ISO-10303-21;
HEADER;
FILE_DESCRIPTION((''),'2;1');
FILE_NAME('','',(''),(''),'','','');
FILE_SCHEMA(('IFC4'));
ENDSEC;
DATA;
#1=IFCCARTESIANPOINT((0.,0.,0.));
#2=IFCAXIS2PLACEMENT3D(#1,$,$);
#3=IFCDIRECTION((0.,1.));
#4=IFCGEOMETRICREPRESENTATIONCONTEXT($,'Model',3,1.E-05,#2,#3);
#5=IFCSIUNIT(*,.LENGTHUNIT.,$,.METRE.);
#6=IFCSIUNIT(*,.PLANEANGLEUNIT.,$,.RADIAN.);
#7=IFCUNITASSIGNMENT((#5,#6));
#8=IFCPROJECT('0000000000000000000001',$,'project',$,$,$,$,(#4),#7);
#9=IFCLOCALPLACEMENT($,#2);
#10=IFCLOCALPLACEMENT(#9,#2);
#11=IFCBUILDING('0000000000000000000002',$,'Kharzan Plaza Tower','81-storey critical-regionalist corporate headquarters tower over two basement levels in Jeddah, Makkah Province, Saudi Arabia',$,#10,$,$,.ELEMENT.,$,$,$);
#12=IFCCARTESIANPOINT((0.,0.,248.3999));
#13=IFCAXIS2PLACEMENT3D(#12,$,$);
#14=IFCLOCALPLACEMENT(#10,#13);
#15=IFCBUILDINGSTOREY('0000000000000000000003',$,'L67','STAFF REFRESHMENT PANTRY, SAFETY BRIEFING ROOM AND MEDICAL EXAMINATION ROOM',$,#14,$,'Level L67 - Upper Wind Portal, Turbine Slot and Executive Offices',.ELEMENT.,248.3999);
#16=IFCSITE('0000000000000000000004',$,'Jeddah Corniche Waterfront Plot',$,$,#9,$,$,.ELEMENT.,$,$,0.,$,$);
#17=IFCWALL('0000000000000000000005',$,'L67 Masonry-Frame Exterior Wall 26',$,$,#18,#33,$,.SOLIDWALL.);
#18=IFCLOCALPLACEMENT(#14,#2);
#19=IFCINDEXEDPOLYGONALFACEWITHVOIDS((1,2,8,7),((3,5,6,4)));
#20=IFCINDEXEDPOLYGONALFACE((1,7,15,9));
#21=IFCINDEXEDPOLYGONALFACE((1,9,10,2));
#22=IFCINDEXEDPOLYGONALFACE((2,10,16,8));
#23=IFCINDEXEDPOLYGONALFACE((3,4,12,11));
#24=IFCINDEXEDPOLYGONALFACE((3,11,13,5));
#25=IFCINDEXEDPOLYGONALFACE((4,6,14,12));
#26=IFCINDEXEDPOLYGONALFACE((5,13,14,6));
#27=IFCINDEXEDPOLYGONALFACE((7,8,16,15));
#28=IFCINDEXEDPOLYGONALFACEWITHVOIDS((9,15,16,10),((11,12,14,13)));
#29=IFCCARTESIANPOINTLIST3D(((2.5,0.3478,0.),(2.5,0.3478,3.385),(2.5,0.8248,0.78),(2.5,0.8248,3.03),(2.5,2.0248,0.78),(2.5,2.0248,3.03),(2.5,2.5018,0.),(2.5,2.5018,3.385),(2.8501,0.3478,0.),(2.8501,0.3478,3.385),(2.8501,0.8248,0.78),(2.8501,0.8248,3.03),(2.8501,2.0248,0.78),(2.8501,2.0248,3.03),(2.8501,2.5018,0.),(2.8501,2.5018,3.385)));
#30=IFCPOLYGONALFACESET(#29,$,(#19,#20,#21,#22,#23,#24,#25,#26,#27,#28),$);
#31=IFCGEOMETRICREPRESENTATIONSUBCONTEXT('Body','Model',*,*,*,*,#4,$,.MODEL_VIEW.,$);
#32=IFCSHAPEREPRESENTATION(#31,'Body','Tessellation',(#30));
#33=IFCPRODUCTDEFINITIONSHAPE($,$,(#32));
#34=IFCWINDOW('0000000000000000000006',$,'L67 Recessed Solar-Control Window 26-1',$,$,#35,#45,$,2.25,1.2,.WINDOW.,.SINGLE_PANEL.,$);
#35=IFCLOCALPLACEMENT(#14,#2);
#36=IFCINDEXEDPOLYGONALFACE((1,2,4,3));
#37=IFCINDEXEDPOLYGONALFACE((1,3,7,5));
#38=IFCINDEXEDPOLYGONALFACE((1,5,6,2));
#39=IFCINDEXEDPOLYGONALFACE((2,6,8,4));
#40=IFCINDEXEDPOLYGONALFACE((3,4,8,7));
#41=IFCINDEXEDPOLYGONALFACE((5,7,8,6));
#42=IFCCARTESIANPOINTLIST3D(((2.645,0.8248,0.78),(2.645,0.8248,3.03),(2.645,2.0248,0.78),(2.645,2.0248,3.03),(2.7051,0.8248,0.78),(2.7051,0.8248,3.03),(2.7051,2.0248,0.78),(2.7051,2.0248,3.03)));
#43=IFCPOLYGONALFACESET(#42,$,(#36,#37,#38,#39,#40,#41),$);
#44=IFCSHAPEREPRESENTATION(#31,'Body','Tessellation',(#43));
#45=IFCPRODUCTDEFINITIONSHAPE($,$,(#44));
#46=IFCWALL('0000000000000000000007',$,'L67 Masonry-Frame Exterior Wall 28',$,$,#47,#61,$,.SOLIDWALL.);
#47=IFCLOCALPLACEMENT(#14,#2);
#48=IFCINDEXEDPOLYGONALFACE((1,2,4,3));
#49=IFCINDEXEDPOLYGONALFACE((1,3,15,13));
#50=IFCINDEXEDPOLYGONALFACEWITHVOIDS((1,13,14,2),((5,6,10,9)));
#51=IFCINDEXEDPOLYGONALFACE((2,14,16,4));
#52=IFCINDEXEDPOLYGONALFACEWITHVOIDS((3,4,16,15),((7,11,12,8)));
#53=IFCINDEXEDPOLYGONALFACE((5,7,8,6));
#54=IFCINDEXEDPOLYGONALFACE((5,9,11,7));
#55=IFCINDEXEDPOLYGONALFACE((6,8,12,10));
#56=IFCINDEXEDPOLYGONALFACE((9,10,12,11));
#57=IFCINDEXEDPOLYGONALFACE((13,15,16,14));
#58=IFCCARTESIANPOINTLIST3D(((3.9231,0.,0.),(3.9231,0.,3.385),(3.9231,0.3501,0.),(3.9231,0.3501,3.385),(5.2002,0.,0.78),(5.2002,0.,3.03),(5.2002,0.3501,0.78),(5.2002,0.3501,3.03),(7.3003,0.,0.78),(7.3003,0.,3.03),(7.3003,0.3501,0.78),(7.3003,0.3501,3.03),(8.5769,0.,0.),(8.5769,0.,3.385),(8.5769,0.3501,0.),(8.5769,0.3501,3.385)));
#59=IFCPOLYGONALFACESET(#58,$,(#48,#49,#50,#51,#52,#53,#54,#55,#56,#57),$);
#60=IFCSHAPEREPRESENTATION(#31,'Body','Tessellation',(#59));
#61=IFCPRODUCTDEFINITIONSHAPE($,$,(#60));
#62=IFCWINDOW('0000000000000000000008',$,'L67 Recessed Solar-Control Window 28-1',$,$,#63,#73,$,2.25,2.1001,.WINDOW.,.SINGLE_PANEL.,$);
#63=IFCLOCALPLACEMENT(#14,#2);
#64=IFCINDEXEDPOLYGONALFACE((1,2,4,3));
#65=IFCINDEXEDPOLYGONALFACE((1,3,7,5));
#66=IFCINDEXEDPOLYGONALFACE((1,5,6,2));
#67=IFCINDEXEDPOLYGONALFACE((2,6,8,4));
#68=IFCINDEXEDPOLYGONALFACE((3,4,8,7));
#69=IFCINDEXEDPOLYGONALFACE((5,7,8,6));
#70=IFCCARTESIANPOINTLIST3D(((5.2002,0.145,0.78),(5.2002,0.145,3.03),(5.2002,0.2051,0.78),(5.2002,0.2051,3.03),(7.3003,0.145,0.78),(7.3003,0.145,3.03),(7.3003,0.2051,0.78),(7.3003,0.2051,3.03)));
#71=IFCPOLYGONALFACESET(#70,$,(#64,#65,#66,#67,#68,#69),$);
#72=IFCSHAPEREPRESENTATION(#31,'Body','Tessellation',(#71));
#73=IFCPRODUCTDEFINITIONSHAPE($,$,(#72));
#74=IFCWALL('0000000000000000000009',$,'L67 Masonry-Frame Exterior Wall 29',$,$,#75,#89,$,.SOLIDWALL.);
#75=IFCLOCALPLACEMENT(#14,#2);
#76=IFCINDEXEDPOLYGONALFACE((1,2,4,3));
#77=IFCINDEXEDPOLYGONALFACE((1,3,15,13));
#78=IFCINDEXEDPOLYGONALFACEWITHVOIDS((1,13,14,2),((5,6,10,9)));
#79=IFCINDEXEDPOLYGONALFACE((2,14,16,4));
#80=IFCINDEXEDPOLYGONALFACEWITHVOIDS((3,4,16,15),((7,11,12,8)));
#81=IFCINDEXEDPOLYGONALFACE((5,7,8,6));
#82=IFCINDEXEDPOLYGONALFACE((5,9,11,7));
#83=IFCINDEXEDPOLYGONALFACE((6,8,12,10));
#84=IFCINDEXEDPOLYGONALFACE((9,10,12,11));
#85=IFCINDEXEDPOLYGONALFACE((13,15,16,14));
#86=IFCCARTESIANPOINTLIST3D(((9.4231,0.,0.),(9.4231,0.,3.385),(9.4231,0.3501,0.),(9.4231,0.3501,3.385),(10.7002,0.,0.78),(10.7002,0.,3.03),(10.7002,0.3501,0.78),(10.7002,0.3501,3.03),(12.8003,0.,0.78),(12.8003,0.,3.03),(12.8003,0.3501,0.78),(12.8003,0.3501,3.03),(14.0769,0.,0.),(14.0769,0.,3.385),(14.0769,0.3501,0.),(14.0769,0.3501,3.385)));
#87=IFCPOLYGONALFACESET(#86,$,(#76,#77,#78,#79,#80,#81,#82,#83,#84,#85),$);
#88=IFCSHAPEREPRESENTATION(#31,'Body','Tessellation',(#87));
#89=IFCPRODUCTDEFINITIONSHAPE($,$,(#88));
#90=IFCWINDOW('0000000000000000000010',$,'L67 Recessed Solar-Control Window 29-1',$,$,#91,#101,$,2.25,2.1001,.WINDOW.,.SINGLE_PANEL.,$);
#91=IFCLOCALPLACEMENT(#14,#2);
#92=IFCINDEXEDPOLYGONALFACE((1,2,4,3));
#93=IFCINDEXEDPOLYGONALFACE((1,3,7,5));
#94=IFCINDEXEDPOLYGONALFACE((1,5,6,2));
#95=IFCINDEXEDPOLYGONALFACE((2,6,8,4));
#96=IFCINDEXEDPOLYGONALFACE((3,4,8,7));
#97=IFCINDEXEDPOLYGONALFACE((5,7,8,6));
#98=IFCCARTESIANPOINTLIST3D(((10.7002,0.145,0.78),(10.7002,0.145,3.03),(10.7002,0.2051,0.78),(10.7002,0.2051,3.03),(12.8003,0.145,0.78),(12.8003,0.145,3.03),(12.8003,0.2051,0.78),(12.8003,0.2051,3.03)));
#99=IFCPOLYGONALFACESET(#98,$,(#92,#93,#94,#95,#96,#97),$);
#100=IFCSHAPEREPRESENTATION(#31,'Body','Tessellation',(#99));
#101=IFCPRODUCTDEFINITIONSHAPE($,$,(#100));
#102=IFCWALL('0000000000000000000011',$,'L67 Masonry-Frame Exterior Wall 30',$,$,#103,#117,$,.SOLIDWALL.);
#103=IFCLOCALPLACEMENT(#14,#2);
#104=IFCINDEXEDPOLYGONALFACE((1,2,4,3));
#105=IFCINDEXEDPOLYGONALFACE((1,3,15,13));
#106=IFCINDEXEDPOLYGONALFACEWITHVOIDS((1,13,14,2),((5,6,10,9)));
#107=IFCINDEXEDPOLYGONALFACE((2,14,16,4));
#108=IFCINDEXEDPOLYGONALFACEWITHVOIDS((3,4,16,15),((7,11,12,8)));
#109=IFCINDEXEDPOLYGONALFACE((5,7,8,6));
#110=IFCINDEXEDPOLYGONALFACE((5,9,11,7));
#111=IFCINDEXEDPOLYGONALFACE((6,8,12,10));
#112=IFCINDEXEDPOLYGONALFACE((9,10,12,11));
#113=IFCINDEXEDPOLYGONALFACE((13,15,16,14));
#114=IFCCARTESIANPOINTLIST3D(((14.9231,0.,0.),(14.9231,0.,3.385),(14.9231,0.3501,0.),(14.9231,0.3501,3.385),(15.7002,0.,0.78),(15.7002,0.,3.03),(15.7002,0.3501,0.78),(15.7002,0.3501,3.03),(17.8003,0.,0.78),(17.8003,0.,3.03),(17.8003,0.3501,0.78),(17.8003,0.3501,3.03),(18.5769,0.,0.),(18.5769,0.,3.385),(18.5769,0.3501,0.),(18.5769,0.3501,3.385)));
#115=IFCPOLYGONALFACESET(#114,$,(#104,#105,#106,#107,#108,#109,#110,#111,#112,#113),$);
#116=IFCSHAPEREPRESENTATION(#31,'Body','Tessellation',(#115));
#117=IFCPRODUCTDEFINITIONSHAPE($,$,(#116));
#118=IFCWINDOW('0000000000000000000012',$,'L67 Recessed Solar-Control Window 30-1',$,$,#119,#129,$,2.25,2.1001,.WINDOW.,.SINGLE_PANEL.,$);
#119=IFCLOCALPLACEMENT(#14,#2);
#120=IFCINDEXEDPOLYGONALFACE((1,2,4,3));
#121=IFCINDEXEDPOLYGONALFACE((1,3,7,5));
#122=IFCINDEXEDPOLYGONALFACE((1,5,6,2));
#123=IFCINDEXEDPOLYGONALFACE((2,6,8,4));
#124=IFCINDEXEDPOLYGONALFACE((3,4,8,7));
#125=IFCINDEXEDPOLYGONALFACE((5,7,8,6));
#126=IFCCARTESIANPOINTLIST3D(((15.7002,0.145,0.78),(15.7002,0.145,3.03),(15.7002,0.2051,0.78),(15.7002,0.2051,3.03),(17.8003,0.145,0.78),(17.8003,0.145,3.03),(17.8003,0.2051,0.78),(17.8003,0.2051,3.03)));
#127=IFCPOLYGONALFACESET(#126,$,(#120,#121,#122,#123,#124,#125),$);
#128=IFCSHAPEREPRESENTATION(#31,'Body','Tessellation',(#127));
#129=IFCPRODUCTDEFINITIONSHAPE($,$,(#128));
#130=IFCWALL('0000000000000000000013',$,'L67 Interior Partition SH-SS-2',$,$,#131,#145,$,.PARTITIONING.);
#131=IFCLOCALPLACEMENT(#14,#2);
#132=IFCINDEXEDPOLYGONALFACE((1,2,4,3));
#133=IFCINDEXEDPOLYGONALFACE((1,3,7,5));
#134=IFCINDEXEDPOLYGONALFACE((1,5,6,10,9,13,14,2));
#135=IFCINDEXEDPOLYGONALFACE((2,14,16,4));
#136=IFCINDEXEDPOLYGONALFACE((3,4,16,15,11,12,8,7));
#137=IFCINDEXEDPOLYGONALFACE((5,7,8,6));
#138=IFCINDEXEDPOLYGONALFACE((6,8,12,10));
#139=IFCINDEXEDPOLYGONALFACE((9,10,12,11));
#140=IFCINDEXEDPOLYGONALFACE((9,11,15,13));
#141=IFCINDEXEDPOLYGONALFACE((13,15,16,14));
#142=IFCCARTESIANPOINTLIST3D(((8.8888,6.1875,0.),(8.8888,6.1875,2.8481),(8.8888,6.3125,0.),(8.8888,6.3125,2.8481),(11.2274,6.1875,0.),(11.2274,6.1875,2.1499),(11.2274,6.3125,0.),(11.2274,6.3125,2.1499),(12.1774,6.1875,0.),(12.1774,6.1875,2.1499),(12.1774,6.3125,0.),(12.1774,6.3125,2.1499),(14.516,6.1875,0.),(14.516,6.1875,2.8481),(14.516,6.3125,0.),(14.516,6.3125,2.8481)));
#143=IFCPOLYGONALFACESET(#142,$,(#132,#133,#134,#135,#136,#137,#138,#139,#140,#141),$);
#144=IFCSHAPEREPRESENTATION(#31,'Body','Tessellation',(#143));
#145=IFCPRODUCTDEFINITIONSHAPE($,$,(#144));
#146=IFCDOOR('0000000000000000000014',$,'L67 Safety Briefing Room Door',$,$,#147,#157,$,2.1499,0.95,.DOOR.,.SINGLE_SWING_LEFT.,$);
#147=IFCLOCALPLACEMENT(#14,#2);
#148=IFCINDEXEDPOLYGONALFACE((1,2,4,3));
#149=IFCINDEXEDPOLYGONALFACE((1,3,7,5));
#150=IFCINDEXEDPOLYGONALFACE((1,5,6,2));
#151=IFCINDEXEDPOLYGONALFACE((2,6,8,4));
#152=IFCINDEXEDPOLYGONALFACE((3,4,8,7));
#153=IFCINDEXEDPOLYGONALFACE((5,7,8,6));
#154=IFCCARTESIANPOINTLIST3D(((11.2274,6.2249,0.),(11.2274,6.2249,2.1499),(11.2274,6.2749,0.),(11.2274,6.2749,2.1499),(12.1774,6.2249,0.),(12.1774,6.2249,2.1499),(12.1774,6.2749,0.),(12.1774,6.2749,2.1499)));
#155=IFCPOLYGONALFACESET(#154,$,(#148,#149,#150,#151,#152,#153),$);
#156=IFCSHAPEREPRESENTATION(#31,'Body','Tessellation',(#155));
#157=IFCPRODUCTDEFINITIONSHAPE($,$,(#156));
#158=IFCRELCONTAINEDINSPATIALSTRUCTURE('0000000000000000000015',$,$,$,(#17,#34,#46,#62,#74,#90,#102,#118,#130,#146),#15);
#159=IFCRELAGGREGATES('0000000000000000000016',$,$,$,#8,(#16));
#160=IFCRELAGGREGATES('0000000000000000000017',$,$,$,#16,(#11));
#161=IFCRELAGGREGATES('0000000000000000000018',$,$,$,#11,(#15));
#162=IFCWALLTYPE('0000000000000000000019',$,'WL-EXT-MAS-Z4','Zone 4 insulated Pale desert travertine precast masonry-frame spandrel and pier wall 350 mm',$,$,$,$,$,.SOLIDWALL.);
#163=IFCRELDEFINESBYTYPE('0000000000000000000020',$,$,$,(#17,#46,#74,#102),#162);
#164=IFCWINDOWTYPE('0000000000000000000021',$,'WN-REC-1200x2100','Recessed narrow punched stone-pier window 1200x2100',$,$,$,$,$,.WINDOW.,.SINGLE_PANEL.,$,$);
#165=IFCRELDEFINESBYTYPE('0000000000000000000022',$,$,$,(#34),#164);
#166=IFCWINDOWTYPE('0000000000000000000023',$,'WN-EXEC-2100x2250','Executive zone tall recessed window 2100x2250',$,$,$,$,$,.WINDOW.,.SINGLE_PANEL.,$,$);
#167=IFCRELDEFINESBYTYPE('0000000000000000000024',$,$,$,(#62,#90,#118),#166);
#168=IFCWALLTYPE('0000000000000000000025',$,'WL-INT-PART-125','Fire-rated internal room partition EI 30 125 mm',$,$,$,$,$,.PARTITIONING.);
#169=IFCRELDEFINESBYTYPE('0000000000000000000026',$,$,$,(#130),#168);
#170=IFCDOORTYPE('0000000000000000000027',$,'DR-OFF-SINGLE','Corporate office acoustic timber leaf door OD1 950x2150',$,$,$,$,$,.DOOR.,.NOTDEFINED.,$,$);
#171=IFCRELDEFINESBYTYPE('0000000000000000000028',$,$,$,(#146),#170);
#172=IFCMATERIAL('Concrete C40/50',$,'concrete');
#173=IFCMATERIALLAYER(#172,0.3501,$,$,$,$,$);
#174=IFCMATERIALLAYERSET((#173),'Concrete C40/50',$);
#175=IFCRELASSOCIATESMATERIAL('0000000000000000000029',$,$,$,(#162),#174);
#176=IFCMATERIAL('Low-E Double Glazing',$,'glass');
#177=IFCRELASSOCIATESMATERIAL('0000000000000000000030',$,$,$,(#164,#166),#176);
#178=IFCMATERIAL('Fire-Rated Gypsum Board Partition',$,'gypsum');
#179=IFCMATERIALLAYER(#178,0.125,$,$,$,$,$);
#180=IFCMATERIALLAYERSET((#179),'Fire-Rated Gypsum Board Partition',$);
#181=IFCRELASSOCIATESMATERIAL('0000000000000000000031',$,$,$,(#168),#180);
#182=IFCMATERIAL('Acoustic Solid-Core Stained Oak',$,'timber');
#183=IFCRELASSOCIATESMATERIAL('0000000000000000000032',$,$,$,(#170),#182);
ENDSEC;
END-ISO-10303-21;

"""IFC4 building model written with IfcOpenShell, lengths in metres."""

from ifc_helpers import new_model, si_unit, direction, frame, frame_2d, origin, place, context, subcontext, project, spatial, rectangle, extrude, source, transform, mapped, material, layer, layer_set, type_object, element, fill, save


model = new_model("IFC4")

# Units and contexts
model_context = context("Model", 3, precision=1e-05, world=origin(), true_north=direction((0.0, 1.0)))
body_context = subcontext(model_context, "Body", "Model", "MODEL_VIEW")
ifc_project = project(units=[si_unit("LENGTHUNIT", "METRE"), si_unit("PLANEANGLEUNIT", "RADIAN")], contexts=[model_context])

# Site, building, storey
site_placement = place(None, origin())
site = spatial("IfcSite", under=ifc_project, at=site_placement, Name="Jeddah Corniche Waterfront Plot", CompositionType="ELEMENT", RefElevation=0.0)
building_placement = place(site_placement, origin())
building = spatial("IfcBuilding", under=site, at=building_placement, Name="Kharzan Plaza Tower", Description="81-storey critical-regionalist corporate headquarters tower over two basement levels in Jeddah, Makkah Province, Saudi Arabia", CompositionType="ELEMENT")
storey_placement = place(building_placement, frame((0.0, 0.0, 248.3999)))
storey = spatial("IfcBuildingStorey", under=building, at=storey_placement, Name="L67", Description="STAFF REFRESHMENT PANTRY, SAFETY BRIEFING ROOM AND MEDICAL EXAMINATION ROOM", LongName="Level L67 - Upper Wind Portal, Turbine Slot and Executive Offices", CompositionType="ELEMENT", Elevation=248.3999)

# Walls, openings, windows
ifc_material_1 = material(Name="Concrete C40/50", Category="concrete")
ifc_layer_1 = layer(ifc_material_1, 0.3501)
ifc_layer_set_1 = layer_set([ifc_layer_1], Name="Concrete C40/50")
wall_type_1 = type_object("IfcWallType", Name="WL-EXT-MAS-Z4", Description="Zone 4 insulated Pale desert travertine precast masonry-frame spandrel and pier wall 350 mm", PredefinedType="SOLIDWALL", material=ifc_layer_set_1)
wall_1_placement = place(storey_placement, frame((2.675, 2.502, 0.0), z_axis=(0.0, 0.0, 1.0), x_axis=(0.0, -1.0, 0.0)))
wall_1 = element("IfcWall", 1, at=wall_1_placement, inside=storey, type_object=wall_type_1, Name="L67 Masonry-Frame Exterior Wall 26", PredefinedType="SOLIDWALL", context=body_context, shape_type="SweptSolid", body=[
    extrude(rectangle(XDim=2.1541, YDim=0.3501, at=frame_2d((1.0771, 0.0))), origin(), (0.0, 0.0, 1.0), 3.385),
])
opening_1_placement = place(wall_1_placement, frame((0.4771, 0.0, 0.78)))
opening_1 = element("IfcOpeningElement", 2, at=opening_1_placement, cuts=wall_1, PredefinedType="OPENING", context=body_context, shape_type="SweptSolid", body=[
    extrude(rectangle(XDim=1.2, YDim=2.25, at=frame_2d((0.6001, 1.125))), frame((0.0, 0.1851, 0.0), z_axis=(0.0, -1.0, 0.0), x_axis=(1.0, 0.0, 0.0)), (0.0, 0.0, 1.0), 0.3701),
])
ifc_material_2 = material(Name="Low-E Double Glazing", Category="glass")
window_type_1 = type_object("IfcWindowType", Name="WN-REC-1200x2100", Description="Recessed narrow punched stone-pier window 1200x2100", PartitioningType="SINGLE_PANEL", PredefinedType="WINDOW", material=ifc_material_2)
shared_shape_1 = source(origin(), body_context, "Body", "SweptSolid", [
    extrude(rectangle(XDim=1.2, YDim=2.25, at=frame_2d((0.6001, 1.125))), frame((0.0, 0.03, 0.0), z_axis=(0.0, -1.0, 0.0), x_axis=(1.0, 0.0, 0.0)), (0.0, 0.0, 1.0), 0.0601),
])
window_1_placement = place(opening_1_placement, origin())
window_1 = element("IfcWindow", 3, at=window_1_placement, inside=storey, type_object=window_type_1, Name="L67 Recessed Solar-Control Window 26-1", OverallHeight=2.25, OverallWidth=1.2, PartitioningType="SINGLE_PANEL", PredefinedType="WINDOW", context=body_context, shape_type="MappedRepresentation", body=[
    mapped(shared_shape_1, transform((0.0, 0.0, 0.0), x_axis=(1.0, 0.0, 0.0), y_axis=(0.0, 1.0, 0.0), z_axis=(0.0, 0.0, 1.0))),
])
fill(opening_1, window_1)
wall_2_placement = place(storey_placement, frame((3.9231, 0.175, 0.0), z_axis=(0.0, 0.0, 1.0), x_axis=(1.0, 0.0, 0.0)))
wall_2 = element("IfcWall", 4, at=wall_2_placement, inside=storey, type_object=wall_type_1, Name="L67 Masonry-Frame Exterior Wall 28", PredefinedType="SOLIDWALL", context=body_context, shape_type="SweptSolid", body=[
    extrude(rectangle(XDim=4.6538, YDim=0.3501, at=frame_2d((2.3269, 0.0))), origin(), (0.0, 0.0, 1.0), 3.385),
])
opening_2_placement = place(wall_2_placement, frame((1.2771, 0.0, 0.78)))
opening_2 = element("IfcOpeningElement", 5, at=opening_2_placement, cuts=wall_2, PredefinedType="OPENING", context=body_context, shape_type="SweptSolid", body=[
    extrude(rectangle(XDim=2.1001, YDim=2.25, at=frame_2d((1.05, 1.125))), frame((0.0, 0.1851, 0.0), z_axis=(0.0, -1.0, 0.0), x_axis=(1.0, 0.0, 0.0)), (0.0, 0.0, 1.0), 0.3701),
])
window_type_2 = type_object("IfcWindowType", Name="WN-EXEC-2100x2250", Description="Executive zone tall recessed window 2100x2250", PartitioningType="SINGLE_PANEL", PredefinedType="WINDOW", material=ifc_material_2)
shared_shape_2 = source(origin(), body_context, "Body", "SweptSolid", [
    extrude(rectangle(XDim=2.1001, YDim=2.25, at=frame_2d((1.05, 1.125))), frame((0.0, 0.03, 0.0), z_axis=(0.0, -1.0, 0.0), x_axis=(1.0, 0.0, 0.0)), (0.0, 0.0, 1.0), 0.0601),
])
window_2_placement = place(opening_2_placement, origin())
window_2 = element("IfcWindow", 6, at=window_2_placement, inside=storey, type_object=window_type_2, Name="L67 Recessed Solar-Control Window 28-1", OverallHeight=2.25, OverallWidth=2.1001, PartitioningType="SINGLE_PANEL", PredefinedType="WINDOW", context=body_context, shape_type="MappedRepresentation", body=[
    mapped(shared_shape_2, transform((0.0, 0.0, 0.0), x_axis=(1.0, 0.0, 0.0), y_axis=(0.0, 1.0, 0.0), z_axis=(0.0, 0.0, 1.0))),
])
fill(opening_2, window_2)
wall_3_placement = place(storey_placement, frame((9.4231, 0.175, 0.0), z_axis=(0.0, 0.0, 1.0), x_axis=(1.0, 0.0, 0.0)))
wall_3 = element("IfcWall", 7, at=wall_3_placement, inside=storey, type_object=wall_type_1, Name="L67 Masonry-Frame Exterior Wall 29", PredefinedType="SOLIDWALL", context=body_context, shape_type="SweptSolid", body=[
    extrude(rectangle(XDim=4.6538, YDim=0.3501, at=frame_2d((2.3269, 0.0))), origin(), (0.0, 0.0, 1.0), 3.385),
])
opening_3_placement = place(wall_3_placement, frame((1.2771, 0.0, 0.78)))
opening_3 = element("IfcOpeningElement", 8, at=opening_3_placement, cuts=wall_3, PredefinedType="OPENING", context=body_context, shape_type="SweptSolid", body=[
    extrude(rectangle(XDim=2.1001, YDim=2.25, at=frame_2d((1.05, 1.125))), frame((0.0, 0.1851, 0.0), z_axis=(0.0, -1.0, 0.0), x_axis=(1.0, 0.0, 0.0)), (0.0, 0.0, 1.0), 0.3701),
])
window_3_placement = place(opening_3_placement, origin())
window_3 = element("IfcWindow", 9, at=window_3_placement, inside=storey, type_object=window_type_2, Name="L67 Recessed Solar-Control Window 29-1", OverallHeight=2.25, OverallWidth=2.1001, PartitioningType="SINGLE_PANEL", PredefinedType="WINDOW", context=body_context, shape_type="MappedRepresentation", body=[
    mapped(shared_shape_2, transform((0.0, 0.0, 0.0), x_axis=(1.0, 0.0, 0.0), y_axis=(0.0, 1.0, 0.0), z_axis=(0.0, 0.0, 1.0))),
])
fill(opening_3, window_3)
wall_4_placement = place(storey_placement, frame((14.9231, 0.175, 0.0), z_axis=(0.0, 0.0, 1.0), x_axis=(1.0, 0.0, 0.0)))
wall_4 = element("IfcWall", 10, at=wall_4_placement, inside=storey, type_object=wall_type_1, Name="L67 Masonry-Frame Exterior Wall 30", PredefinedType="SOLIDWALL", context=body_context, shape_type="SweptSolid", body=[
    extrude(rectangle(XDim=3.6538, YDim=0.3501, at=frame_2d((1.8269, 0.0))), origin(), (0.0, 0.0, 1.0), 3.385),
])
opening_4_placement = place(wall_4_placement, frame((0.7771, 0.0, 0.78)))
opening_4 = element("IfcOpeningElement", 11, at=opening_4_placement, cuts=wall_4, PredefinedType="OPENING", context=body_context, shape_type="SweptSolid", body=[
    extrude(rectangle(XDim=2.1001, YDim=2.25, at=frame_2d((1.05, 1.125))), frame((0.0, 0.1851, 0.0), z_axis=(0.0, -1.0, 0.0), x_axis=(1.0, 0.0, 0.0)), (0.0, 0.0, 1.0), 0.3701),
])
window_4_placement = place(opening_4_placement, origin())
window_4 = element("IfcWindow", 12, at=window_4_placement, inside=storey, type_object=window_type_2, Name="L67 Recessed Solar-Control Window 30-1", OverallHeight=2.25, OverallWidth=2.1001, PartitioningType="SINGLE_PANEL", PredefinedType="WINDOW", context=body_context, shape_type="MappedRepresentation", body=[
    mapped(shared_shape_2, transform((0.0, 0.0, 0.0), x_axis=(1.0, 0.0, 0.0), y_axis=(0.0, 1.0, 0.0), z_axis=(0.0, 0.0, 1.0))),
])
fill(opening_4, window_4)

# Wall, opening, door
ifc_material_3 = material(Name="Fire-Rated Gypsum Board Partition", Category="gypsum")
ifc_layer_2 = layer(ifc_material_3, 0.125)
ifc_layer_set_2 = layer_set([ifc_layer_2], Name="Fire-Rated Gypsum Board Partition")
wall_type_2 = type_object("IfcWallType", Name="WL-INT-PART-125", Description="Fire-rated internal room partition EI 30 125 mm", PredefinedType="PARTITIONING", material=ifc_layer_set_2)
wall_5_placement = place(storey_placement, frame((8.8889, 6.25, 0.0), z_axis=(0.0, 0.0, 1.0), x_axis=(1.0, 0.0, 0.0)))
wall_5 = element("IfcWall", 13, at=wall_5_placement, inside=storey, type_object=wall_type_2, Name="L67 Interior Partition SH-SS-2", PredefinedType="PARTITIONING", context=body_context, shape_type="SweptSolid", body=[
    extrude(rectangle(XDim=5.6272, YDim=0.125, at=frame_2d((2.8135, 0.0))), origin(), (0.0, 0.0, 1.0), 2.8481),
])
opening_5_placement = place(wall_5_placement, frame((2.3384, 0.0, 0.0)))
opening_5 = element("IfcOpeningElement", 14, at=opening_5_placement, cuts=wall_5, PredefinedType="OPENING", context=body_context, shape_type="SweptSolid", body=[
    extrude(rectangle(XDim=0.95, YDim=2.1499, at=frame_2d((0.4751, 1.075))), frame((0.0, 0.0725, 0.0), z_axis=(0.0, -1.0, 0.0), x_axis=(1.0, 0.0, 0.0)), (0.0, 0.0, 1.0), 0.145),
])
ifc_material_4 = material(Name="Acoustic Solid-Core Stained Oak", Category="timber")
door_type = type_object("IfcDoorType", Name="DR-OFF-SINGLE", Description="Corporate office acoustic timber leaf door OD1 950x2150", OperationType="NOTDEFINED", PredefinedType="DOOR", material=ifc_material_4)
shared_shape_3 = source(origin(), body_context, "Body", "SweptSolid", [
    extrude(rectangle(XDim=0.95, YDim=2.1499, at=frame_2d((0.4751, 1.075))), frame((0.0, 0.0249, 0.0), z_axis=(0.0, -1.0, 0.0), x_axis=(1.0, 0.0, 0.0)), (0.0, 0.0, 1.0), 0.05),
])
door_1_placement = place(opening_5_placement, origin())
door_1 = element("IfcDoor", 15, at=door_1_placement, inside=storey, type_object=door_type, Name="L67 Safety Briefing Room Door", OperationType="SINGLE_SWING_LEFT", OverallHeight=2.1499, OverallWidth=0.95, PredefinedType="DOOR", context=body_context, shape_type="MappedRepresentation", body=[
    mapped(shared_shape_3, transform((0.0, 0.0, 0.0), x_axis=(1.0, 0.0, 0.0), y_axis=(0.0, 1.0, 0.0), z_axis=(0.0, 0.0, 1.0))),
])
fill(opening_5, door_1)

save(model, "model.ifc")
